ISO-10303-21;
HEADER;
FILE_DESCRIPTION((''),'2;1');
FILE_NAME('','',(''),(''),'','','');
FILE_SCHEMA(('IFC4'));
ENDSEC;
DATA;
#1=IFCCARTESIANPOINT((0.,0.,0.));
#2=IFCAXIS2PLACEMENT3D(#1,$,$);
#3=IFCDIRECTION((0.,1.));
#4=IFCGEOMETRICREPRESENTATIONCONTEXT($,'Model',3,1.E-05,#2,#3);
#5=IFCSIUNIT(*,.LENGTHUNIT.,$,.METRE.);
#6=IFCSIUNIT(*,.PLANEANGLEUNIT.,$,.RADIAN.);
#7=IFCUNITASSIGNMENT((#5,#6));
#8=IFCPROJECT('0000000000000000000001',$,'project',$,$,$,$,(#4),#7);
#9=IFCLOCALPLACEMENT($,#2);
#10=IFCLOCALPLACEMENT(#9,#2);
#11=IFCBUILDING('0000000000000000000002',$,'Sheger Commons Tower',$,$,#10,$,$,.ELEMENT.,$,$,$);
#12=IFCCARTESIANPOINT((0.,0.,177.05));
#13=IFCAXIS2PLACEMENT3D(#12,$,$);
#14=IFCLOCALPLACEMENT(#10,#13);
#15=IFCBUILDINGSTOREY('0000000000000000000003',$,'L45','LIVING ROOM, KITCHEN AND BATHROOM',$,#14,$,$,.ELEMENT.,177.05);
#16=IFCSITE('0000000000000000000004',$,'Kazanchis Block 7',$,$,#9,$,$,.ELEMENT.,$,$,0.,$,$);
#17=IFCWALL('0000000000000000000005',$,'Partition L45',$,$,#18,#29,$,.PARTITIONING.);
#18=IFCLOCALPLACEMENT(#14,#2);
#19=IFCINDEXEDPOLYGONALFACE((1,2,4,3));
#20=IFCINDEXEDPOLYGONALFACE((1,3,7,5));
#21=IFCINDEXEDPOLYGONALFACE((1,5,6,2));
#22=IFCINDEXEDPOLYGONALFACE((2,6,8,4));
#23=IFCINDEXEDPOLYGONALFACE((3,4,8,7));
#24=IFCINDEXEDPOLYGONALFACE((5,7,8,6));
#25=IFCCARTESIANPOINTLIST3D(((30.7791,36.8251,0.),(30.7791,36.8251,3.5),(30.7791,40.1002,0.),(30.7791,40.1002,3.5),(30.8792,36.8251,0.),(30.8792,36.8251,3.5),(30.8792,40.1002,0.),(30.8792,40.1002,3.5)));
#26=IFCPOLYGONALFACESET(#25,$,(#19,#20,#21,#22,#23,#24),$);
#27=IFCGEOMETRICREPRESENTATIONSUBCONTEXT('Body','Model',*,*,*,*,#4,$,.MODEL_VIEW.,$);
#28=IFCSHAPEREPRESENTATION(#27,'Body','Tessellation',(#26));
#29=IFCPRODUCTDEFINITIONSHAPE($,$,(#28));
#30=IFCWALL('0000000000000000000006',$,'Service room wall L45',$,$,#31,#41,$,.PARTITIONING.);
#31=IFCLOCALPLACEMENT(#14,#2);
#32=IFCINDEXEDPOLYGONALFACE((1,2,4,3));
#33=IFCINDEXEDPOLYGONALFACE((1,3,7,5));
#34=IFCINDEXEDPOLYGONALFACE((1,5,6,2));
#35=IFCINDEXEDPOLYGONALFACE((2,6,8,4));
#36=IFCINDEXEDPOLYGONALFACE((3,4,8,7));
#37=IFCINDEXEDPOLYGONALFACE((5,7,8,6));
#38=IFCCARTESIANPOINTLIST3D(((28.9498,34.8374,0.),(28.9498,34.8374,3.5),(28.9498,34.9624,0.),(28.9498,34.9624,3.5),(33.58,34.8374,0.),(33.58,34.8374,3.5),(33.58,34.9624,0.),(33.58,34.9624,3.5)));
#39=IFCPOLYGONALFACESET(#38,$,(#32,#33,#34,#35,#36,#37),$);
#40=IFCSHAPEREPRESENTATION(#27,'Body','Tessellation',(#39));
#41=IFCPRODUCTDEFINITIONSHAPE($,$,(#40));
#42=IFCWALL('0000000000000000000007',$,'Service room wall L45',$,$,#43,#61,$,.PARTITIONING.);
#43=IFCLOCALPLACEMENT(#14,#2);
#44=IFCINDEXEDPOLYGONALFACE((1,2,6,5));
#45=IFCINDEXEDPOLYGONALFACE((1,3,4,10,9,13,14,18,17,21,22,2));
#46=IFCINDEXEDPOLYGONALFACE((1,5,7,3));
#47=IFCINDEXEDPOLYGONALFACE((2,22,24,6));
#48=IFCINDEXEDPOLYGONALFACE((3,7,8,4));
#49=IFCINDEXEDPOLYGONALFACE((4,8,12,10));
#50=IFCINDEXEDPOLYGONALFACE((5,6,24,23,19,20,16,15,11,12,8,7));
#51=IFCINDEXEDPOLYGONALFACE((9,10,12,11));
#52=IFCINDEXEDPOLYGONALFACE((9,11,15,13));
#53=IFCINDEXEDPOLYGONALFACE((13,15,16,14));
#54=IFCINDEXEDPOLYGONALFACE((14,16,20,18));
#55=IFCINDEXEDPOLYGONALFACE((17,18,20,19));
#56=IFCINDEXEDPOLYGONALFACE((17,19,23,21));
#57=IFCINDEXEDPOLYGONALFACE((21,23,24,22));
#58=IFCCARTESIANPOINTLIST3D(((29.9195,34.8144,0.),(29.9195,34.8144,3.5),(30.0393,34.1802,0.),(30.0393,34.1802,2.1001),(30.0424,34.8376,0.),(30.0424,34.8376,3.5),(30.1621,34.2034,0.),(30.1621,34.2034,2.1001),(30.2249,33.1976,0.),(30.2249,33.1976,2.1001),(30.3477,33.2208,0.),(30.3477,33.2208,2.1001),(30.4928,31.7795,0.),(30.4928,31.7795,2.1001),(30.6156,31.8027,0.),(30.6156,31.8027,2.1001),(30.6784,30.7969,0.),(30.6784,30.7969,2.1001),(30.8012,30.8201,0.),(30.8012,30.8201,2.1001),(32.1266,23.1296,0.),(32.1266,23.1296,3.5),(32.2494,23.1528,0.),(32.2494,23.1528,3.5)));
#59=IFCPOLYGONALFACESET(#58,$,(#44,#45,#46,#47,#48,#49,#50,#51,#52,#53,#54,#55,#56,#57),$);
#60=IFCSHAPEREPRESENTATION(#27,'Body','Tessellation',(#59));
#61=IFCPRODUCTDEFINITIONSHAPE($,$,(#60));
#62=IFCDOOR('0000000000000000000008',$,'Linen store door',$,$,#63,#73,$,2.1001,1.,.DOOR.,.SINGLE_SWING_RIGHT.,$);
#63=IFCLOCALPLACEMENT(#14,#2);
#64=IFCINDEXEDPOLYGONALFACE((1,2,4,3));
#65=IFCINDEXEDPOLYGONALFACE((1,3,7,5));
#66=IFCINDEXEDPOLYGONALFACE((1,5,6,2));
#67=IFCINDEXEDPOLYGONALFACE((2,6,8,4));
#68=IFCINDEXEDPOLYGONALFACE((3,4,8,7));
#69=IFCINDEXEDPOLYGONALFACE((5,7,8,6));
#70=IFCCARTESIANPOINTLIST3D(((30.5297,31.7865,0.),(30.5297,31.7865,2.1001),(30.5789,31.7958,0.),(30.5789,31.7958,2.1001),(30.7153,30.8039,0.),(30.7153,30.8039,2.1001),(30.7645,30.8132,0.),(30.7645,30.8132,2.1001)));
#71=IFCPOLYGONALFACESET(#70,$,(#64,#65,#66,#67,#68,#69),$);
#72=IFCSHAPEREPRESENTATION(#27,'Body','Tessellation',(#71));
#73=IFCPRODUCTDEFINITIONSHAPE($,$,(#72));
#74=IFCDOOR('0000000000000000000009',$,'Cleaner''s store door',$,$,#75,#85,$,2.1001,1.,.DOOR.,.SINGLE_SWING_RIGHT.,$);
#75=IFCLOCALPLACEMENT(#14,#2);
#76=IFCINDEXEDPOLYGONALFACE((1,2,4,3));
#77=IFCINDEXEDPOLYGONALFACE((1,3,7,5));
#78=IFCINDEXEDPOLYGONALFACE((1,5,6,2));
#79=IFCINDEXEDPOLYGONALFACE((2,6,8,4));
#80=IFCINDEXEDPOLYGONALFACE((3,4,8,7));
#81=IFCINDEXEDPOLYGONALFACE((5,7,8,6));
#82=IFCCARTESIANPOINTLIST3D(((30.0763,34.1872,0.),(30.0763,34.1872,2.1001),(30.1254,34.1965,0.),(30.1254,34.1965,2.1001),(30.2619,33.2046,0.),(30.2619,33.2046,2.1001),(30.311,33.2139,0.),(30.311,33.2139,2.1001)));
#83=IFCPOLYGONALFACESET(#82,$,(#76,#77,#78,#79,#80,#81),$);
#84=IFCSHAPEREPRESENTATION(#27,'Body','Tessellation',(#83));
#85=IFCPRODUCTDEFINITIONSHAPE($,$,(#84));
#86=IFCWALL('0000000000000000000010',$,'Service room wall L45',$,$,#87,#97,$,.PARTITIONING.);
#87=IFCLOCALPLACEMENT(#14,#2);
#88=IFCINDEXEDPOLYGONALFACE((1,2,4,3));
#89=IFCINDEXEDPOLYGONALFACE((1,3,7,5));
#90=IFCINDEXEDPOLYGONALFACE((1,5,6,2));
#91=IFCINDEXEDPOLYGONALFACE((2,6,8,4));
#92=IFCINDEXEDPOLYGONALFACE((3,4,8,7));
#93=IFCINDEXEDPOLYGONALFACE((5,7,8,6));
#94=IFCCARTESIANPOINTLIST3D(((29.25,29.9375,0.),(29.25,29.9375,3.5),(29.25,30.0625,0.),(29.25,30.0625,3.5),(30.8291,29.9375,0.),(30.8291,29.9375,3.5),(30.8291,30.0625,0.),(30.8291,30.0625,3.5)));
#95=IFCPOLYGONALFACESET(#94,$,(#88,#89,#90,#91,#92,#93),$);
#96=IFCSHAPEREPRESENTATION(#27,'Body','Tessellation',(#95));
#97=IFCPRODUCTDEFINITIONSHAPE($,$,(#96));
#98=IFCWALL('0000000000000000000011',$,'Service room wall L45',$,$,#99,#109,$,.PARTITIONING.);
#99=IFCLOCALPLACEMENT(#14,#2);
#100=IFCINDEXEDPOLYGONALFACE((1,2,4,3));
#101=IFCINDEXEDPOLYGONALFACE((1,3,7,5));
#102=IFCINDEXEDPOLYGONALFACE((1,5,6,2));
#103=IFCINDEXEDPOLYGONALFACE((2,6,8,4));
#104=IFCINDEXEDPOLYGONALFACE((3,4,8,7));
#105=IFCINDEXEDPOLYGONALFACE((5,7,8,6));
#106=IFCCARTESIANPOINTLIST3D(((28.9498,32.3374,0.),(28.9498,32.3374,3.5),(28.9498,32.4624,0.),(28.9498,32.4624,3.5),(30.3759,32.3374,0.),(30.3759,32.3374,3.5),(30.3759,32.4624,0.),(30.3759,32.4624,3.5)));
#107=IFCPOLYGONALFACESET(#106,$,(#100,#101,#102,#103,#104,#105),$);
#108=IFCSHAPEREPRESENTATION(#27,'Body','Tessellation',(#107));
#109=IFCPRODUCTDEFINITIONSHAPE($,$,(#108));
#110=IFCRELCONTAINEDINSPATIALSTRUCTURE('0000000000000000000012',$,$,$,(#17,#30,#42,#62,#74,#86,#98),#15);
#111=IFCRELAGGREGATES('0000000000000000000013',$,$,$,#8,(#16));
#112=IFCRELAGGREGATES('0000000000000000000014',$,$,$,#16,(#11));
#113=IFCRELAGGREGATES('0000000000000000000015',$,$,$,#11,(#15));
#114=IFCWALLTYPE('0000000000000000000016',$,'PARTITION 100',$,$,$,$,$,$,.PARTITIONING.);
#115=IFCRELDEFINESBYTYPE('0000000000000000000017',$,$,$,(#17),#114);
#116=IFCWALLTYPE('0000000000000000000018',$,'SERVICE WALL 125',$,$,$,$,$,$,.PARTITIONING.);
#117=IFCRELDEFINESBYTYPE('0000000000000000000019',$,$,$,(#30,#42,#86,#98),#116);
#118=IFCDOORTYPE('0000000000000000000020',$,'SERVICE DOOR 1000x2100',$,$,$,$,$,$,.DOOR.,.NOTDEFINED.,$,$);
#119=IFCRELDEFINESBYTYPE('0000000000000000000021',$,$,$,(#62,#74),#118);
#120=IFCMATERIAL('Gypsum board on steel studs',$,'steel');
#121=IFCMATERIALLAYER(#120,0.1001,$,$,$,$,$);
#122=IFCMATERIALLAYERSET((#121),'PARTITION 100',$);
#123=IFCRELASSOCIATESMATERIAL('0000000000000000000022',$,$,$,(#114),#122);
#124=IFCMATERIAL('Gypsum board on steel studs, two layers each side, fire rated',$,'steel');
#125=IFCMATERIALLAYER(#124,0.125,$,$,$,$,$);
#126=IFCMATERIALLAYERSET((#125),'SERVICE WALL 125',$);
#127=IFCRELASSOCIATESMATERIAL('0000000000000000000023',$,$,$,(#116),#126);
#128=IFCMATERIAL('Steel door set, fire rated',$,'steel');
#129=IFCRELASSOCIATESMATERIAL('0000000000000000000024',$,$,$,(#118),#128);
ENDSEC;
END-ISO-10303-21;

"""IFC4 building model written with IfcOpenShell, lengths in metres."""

from ifc_helpers import new_model, si_unit, direction, frame, frame_2d, origin, place, context, subcontext, project, spatial, rectangle, extrude, material, layer, layer_set, type_object, element, fill, save


model = new_model("IFC4")

# Units and contexts
model_context = context("Model", 3, precision=1e-05, world=origin(), true_north=direction((0.0, 1.0)))
body_context = subcontext(model_context, "Body", "Model", "MODEL_VIEW")
ifc_project = project(units=[si_unit("LENGTHUNIT", "METRE"), si_unit("PLANEANGLEUNIT", "RADIAN")], contexts=[model_context])

# Site, building, storey
site_placement = place(None, origin())
site = spatial("IfcSite", under=ifc_project, at=site_placement, Name="Kazanchis Block 7", CompositionType="ELEMENT", RefElevation=0.0)
building_placement = place(site_placement, origin())
building = spatial("IfcBuilding", under=site, at=building_placement, Name="Sheger Commons Tower", CompositionType="ELEMENT")
storey_placement = place(building_placement, frame((0.0, 0.0, 177.05)))
storey = spatial("IfcBuildingStorey", under=building, at=storey_placement, Name="L45", Description="LIVING ROOM, KITCHEN AND BATHROOM", CompositionType="ELEMENT", Elevation=177.05)

# Shared definitions
ifc_material_1 = material(Name="Gypsum board on steel studs", Category="steel")
ifc_layer_1 = layer(ifc_material_1, 0.1001)
ifc_layer_set_1 = layer_set([ifc_layer_1], Name="PARTITION 100")
wall_type_1 = type_object("IfcWallType", Name="PARTITION 100", PredefinedType="PARTITIONING", material=ifc_layer_set_1)

# Walls
wall_1_placement = place(storey_placement, frame((30.8291, 36.825, 0.0), z_axis=(0.0, 0.0, 1.0), x_axis=(0.0, 1.0, 0.0)))
element("IfcWall", 1, at=wall_1_placement, inside=storey, type_object=wall_type_1, Name="Partition L45", PredefinedType="PARTITIONING", context=body_context, shape_type="SweptSolid", body=[
    extrude(rectangle(XDim=3.2751, YDim=0.1001, at=frame_2d((1.6377, 0.0))), origin(), (0.0, 0.0, 1.0), 3.5),
])
ifc_material_2 = material(Name="Gypsum board on steel studs, two layers each side, fire rated", Category="steel")
ifc_layer_2 = layer(ifc_material_2, 0.125)
ifc_layer_set_2 = layer_set([ifc_layer_2], Name="SERVICE WALL 125")
wall_type_2 = type_object("IfcWallType", Name="SERVICE WALL 125", PredefinedType="PARTITIONING", material=ifc_layer_set_2)
wall_2_placement = place(storey_placement, frame((28.95, 34.8999, 0.0), z_axis=(0.0, 0.0, 1.0), x_axis=(1.0, 0.0, 0.0)))
element("IfcWall", 2, at=wall_2_placement, inside=storey, type_object=wall_type_2, Name="Service room wall L45", PredefinedType="PARTITIONING", context=body_context, shape_type="SweptSolid", body=[
    extrude(rectangle(XDim=4.6301, YDim=0.125, at=frame_2d((2.3149, 0.0))), origin(), (0.0, 0.0, 1.0), 3.5),
])

# Wall, openings, doors
wall_3_placement = place(storey_placement, frame((32.188, 23.1411, 0.0), z_axis=(0.0, 0.0, 1.0), x_axis=(-0.185599, 0.982626, 0.0)))
wall_3 = element("IfcWall", 3, at=wall_3_placement, inside=storey, type_object=wall_type_2, Name="Service room wall L45", PredefinedType="PARTITIONING", context=body_context, shape_type="SweptSolid", body=[
    extrude(rectangle(XDim=11.8914, YDim=0.125, at=frame_2d((5.9458, 0.0))), origin(), (0.0, 0.0, 1.0), 3.5),
])
opening_1_placement = place(wall_3_placement, frame((7.803, 0.0, 0.0)))
opening_1 = element("IfcOpeningElement", 4, at=opening_1_placement, cuts=wall_3, PredefinedType="OPENING", context=body_context, shape_type="SweptSolid", body=[
    extrude(rectangle(XDim=1.0, YDim=2.1001, at=frame_2d((0.5, 1.05))), frame((0.0, 0.0725, 0.0), z_axis=(0.0, -1.0, 0.0), x_axis=(1.0, 0.0, 0.0)), (0.0, 0.0, 1.0), 0.145),
])
opening_2_placement = place(wall_3_placement, frame((10.2461, 0.0, 0.0)))
opening_2 = element("IfcOpeningElement", 5, at=opening_2_placement, cuts=wall_3, PredefinedType="OPENING", context=body_context, shape_type="SweptSolid", body=[
    extrude(rectangle(XDim=1.0, YDim=2.1001, at=frame_2d((0.5, 1.05))), frame((0.0, 0.0725, 0.0), z_axis=(0.0, -1.0, 0.0), x_axis=(1.0, 0.0, 0.0)), (0.0, 0.0, 1.0), 0.145),
])
ifc_material_3 = material(Name="Steel door set, fire rated", Category="steel")
door_type_1 = type_object("IfcDoorType", Name="SERVICE DOOR 1000x2100", OperationType="NOTDEFINED", PredefinedType="DOOR", material=ifc_material_3)
door_1_placement = place(opening_1_placement, origin())
door_1 = element("IfcDoor", 6, at=door_1_placement, inside=storey, type_object=door_type_1, Name="Linen store door", OperationType="SINGLE_SWING_RIGHT", OverallHeight=2.1001, OverallWidth=1.0, PredefinedType="DOOR", context=body_context, shape_type="SweptSolid", body=[
    extrude(rectangle(XDim=1.0, YDim=2.1001, at=frame_2d((0.5, 1.05))), frame((0.0, 0.0249, 0.0), z_axis=(0.0, -1.0, 0.0), x_axis=(1.0, 0.0, 0.0)), (0.0, 0.0, 1.0), 0.05),
])
fill(opening_1, door_1)
door_2_placement = place(opening_2_placement, origin())
door_2 = element("IfcDoor", 7, at=door_2_placement, inside=storey, type_object=door_type_1, Name="Cleaner's store door", OperationType="SINGLE_SWING_RIGHT", OverallHeight=2.1001, OverallWidth=1.0, PredefinedType="DOOR", context=body_context, shape_type="SweptSolid", body=[
    extrude(rectangle(XDim=1.0, YDim=2.1001, at=frame_2d((0.5, 1.05))), frame((0.0, 0.0249, 0.0), z_axis=(0.0, -1.0, 0.0), x_axis=(1.0, 0.0, 0.0)), (0.0, 0.0, 1.0), 0.05),
])
fill(opening_2, door_2)

# Walls
wall_4_placement = place(storey_placement, frame((29.25, 30.0, 0.0), z_axis=(0.0, 0.0, 1.0), x_axis=(1.0, 0.0, 0.0)))
element("IfcWall", 8, at=wall_4_placement, inside=storey, type_object=wall_type_2, Name="Service room wall L45", PredefinedType="PARTITIONING", context=body_context, shape_type="SweptSolid", body=[
    extrude(rectangle(XDim=1.5791, YDim=0.125, at=frame_2d((0.7896, 0.0))), origin(), (0.0, 0.0, 1.0), 3.5),
])
wall_5_placement = place(storey_placement, frame((28.95, 32.3999, 0.0), z_axis=(0.0, 0.0, 1.0), x_axis=(1.0, 0.0, 0.0)))
element("IfcWall", 9, at=wall_5_placement, inside=storey, type_object=wall_type_2, Name="Service room wall L45", PredefinedType="PARTITIONING", context=body_context, shape_type="SweptSolid", body=[
    extrude(rectangle(XDim=1.426, YDim=0.125, at=frame_2d((0.7129, 0.0))), origin(), (0.0, 0.0, 1.0), 3.5),
])

save(model, "model.ifc")
